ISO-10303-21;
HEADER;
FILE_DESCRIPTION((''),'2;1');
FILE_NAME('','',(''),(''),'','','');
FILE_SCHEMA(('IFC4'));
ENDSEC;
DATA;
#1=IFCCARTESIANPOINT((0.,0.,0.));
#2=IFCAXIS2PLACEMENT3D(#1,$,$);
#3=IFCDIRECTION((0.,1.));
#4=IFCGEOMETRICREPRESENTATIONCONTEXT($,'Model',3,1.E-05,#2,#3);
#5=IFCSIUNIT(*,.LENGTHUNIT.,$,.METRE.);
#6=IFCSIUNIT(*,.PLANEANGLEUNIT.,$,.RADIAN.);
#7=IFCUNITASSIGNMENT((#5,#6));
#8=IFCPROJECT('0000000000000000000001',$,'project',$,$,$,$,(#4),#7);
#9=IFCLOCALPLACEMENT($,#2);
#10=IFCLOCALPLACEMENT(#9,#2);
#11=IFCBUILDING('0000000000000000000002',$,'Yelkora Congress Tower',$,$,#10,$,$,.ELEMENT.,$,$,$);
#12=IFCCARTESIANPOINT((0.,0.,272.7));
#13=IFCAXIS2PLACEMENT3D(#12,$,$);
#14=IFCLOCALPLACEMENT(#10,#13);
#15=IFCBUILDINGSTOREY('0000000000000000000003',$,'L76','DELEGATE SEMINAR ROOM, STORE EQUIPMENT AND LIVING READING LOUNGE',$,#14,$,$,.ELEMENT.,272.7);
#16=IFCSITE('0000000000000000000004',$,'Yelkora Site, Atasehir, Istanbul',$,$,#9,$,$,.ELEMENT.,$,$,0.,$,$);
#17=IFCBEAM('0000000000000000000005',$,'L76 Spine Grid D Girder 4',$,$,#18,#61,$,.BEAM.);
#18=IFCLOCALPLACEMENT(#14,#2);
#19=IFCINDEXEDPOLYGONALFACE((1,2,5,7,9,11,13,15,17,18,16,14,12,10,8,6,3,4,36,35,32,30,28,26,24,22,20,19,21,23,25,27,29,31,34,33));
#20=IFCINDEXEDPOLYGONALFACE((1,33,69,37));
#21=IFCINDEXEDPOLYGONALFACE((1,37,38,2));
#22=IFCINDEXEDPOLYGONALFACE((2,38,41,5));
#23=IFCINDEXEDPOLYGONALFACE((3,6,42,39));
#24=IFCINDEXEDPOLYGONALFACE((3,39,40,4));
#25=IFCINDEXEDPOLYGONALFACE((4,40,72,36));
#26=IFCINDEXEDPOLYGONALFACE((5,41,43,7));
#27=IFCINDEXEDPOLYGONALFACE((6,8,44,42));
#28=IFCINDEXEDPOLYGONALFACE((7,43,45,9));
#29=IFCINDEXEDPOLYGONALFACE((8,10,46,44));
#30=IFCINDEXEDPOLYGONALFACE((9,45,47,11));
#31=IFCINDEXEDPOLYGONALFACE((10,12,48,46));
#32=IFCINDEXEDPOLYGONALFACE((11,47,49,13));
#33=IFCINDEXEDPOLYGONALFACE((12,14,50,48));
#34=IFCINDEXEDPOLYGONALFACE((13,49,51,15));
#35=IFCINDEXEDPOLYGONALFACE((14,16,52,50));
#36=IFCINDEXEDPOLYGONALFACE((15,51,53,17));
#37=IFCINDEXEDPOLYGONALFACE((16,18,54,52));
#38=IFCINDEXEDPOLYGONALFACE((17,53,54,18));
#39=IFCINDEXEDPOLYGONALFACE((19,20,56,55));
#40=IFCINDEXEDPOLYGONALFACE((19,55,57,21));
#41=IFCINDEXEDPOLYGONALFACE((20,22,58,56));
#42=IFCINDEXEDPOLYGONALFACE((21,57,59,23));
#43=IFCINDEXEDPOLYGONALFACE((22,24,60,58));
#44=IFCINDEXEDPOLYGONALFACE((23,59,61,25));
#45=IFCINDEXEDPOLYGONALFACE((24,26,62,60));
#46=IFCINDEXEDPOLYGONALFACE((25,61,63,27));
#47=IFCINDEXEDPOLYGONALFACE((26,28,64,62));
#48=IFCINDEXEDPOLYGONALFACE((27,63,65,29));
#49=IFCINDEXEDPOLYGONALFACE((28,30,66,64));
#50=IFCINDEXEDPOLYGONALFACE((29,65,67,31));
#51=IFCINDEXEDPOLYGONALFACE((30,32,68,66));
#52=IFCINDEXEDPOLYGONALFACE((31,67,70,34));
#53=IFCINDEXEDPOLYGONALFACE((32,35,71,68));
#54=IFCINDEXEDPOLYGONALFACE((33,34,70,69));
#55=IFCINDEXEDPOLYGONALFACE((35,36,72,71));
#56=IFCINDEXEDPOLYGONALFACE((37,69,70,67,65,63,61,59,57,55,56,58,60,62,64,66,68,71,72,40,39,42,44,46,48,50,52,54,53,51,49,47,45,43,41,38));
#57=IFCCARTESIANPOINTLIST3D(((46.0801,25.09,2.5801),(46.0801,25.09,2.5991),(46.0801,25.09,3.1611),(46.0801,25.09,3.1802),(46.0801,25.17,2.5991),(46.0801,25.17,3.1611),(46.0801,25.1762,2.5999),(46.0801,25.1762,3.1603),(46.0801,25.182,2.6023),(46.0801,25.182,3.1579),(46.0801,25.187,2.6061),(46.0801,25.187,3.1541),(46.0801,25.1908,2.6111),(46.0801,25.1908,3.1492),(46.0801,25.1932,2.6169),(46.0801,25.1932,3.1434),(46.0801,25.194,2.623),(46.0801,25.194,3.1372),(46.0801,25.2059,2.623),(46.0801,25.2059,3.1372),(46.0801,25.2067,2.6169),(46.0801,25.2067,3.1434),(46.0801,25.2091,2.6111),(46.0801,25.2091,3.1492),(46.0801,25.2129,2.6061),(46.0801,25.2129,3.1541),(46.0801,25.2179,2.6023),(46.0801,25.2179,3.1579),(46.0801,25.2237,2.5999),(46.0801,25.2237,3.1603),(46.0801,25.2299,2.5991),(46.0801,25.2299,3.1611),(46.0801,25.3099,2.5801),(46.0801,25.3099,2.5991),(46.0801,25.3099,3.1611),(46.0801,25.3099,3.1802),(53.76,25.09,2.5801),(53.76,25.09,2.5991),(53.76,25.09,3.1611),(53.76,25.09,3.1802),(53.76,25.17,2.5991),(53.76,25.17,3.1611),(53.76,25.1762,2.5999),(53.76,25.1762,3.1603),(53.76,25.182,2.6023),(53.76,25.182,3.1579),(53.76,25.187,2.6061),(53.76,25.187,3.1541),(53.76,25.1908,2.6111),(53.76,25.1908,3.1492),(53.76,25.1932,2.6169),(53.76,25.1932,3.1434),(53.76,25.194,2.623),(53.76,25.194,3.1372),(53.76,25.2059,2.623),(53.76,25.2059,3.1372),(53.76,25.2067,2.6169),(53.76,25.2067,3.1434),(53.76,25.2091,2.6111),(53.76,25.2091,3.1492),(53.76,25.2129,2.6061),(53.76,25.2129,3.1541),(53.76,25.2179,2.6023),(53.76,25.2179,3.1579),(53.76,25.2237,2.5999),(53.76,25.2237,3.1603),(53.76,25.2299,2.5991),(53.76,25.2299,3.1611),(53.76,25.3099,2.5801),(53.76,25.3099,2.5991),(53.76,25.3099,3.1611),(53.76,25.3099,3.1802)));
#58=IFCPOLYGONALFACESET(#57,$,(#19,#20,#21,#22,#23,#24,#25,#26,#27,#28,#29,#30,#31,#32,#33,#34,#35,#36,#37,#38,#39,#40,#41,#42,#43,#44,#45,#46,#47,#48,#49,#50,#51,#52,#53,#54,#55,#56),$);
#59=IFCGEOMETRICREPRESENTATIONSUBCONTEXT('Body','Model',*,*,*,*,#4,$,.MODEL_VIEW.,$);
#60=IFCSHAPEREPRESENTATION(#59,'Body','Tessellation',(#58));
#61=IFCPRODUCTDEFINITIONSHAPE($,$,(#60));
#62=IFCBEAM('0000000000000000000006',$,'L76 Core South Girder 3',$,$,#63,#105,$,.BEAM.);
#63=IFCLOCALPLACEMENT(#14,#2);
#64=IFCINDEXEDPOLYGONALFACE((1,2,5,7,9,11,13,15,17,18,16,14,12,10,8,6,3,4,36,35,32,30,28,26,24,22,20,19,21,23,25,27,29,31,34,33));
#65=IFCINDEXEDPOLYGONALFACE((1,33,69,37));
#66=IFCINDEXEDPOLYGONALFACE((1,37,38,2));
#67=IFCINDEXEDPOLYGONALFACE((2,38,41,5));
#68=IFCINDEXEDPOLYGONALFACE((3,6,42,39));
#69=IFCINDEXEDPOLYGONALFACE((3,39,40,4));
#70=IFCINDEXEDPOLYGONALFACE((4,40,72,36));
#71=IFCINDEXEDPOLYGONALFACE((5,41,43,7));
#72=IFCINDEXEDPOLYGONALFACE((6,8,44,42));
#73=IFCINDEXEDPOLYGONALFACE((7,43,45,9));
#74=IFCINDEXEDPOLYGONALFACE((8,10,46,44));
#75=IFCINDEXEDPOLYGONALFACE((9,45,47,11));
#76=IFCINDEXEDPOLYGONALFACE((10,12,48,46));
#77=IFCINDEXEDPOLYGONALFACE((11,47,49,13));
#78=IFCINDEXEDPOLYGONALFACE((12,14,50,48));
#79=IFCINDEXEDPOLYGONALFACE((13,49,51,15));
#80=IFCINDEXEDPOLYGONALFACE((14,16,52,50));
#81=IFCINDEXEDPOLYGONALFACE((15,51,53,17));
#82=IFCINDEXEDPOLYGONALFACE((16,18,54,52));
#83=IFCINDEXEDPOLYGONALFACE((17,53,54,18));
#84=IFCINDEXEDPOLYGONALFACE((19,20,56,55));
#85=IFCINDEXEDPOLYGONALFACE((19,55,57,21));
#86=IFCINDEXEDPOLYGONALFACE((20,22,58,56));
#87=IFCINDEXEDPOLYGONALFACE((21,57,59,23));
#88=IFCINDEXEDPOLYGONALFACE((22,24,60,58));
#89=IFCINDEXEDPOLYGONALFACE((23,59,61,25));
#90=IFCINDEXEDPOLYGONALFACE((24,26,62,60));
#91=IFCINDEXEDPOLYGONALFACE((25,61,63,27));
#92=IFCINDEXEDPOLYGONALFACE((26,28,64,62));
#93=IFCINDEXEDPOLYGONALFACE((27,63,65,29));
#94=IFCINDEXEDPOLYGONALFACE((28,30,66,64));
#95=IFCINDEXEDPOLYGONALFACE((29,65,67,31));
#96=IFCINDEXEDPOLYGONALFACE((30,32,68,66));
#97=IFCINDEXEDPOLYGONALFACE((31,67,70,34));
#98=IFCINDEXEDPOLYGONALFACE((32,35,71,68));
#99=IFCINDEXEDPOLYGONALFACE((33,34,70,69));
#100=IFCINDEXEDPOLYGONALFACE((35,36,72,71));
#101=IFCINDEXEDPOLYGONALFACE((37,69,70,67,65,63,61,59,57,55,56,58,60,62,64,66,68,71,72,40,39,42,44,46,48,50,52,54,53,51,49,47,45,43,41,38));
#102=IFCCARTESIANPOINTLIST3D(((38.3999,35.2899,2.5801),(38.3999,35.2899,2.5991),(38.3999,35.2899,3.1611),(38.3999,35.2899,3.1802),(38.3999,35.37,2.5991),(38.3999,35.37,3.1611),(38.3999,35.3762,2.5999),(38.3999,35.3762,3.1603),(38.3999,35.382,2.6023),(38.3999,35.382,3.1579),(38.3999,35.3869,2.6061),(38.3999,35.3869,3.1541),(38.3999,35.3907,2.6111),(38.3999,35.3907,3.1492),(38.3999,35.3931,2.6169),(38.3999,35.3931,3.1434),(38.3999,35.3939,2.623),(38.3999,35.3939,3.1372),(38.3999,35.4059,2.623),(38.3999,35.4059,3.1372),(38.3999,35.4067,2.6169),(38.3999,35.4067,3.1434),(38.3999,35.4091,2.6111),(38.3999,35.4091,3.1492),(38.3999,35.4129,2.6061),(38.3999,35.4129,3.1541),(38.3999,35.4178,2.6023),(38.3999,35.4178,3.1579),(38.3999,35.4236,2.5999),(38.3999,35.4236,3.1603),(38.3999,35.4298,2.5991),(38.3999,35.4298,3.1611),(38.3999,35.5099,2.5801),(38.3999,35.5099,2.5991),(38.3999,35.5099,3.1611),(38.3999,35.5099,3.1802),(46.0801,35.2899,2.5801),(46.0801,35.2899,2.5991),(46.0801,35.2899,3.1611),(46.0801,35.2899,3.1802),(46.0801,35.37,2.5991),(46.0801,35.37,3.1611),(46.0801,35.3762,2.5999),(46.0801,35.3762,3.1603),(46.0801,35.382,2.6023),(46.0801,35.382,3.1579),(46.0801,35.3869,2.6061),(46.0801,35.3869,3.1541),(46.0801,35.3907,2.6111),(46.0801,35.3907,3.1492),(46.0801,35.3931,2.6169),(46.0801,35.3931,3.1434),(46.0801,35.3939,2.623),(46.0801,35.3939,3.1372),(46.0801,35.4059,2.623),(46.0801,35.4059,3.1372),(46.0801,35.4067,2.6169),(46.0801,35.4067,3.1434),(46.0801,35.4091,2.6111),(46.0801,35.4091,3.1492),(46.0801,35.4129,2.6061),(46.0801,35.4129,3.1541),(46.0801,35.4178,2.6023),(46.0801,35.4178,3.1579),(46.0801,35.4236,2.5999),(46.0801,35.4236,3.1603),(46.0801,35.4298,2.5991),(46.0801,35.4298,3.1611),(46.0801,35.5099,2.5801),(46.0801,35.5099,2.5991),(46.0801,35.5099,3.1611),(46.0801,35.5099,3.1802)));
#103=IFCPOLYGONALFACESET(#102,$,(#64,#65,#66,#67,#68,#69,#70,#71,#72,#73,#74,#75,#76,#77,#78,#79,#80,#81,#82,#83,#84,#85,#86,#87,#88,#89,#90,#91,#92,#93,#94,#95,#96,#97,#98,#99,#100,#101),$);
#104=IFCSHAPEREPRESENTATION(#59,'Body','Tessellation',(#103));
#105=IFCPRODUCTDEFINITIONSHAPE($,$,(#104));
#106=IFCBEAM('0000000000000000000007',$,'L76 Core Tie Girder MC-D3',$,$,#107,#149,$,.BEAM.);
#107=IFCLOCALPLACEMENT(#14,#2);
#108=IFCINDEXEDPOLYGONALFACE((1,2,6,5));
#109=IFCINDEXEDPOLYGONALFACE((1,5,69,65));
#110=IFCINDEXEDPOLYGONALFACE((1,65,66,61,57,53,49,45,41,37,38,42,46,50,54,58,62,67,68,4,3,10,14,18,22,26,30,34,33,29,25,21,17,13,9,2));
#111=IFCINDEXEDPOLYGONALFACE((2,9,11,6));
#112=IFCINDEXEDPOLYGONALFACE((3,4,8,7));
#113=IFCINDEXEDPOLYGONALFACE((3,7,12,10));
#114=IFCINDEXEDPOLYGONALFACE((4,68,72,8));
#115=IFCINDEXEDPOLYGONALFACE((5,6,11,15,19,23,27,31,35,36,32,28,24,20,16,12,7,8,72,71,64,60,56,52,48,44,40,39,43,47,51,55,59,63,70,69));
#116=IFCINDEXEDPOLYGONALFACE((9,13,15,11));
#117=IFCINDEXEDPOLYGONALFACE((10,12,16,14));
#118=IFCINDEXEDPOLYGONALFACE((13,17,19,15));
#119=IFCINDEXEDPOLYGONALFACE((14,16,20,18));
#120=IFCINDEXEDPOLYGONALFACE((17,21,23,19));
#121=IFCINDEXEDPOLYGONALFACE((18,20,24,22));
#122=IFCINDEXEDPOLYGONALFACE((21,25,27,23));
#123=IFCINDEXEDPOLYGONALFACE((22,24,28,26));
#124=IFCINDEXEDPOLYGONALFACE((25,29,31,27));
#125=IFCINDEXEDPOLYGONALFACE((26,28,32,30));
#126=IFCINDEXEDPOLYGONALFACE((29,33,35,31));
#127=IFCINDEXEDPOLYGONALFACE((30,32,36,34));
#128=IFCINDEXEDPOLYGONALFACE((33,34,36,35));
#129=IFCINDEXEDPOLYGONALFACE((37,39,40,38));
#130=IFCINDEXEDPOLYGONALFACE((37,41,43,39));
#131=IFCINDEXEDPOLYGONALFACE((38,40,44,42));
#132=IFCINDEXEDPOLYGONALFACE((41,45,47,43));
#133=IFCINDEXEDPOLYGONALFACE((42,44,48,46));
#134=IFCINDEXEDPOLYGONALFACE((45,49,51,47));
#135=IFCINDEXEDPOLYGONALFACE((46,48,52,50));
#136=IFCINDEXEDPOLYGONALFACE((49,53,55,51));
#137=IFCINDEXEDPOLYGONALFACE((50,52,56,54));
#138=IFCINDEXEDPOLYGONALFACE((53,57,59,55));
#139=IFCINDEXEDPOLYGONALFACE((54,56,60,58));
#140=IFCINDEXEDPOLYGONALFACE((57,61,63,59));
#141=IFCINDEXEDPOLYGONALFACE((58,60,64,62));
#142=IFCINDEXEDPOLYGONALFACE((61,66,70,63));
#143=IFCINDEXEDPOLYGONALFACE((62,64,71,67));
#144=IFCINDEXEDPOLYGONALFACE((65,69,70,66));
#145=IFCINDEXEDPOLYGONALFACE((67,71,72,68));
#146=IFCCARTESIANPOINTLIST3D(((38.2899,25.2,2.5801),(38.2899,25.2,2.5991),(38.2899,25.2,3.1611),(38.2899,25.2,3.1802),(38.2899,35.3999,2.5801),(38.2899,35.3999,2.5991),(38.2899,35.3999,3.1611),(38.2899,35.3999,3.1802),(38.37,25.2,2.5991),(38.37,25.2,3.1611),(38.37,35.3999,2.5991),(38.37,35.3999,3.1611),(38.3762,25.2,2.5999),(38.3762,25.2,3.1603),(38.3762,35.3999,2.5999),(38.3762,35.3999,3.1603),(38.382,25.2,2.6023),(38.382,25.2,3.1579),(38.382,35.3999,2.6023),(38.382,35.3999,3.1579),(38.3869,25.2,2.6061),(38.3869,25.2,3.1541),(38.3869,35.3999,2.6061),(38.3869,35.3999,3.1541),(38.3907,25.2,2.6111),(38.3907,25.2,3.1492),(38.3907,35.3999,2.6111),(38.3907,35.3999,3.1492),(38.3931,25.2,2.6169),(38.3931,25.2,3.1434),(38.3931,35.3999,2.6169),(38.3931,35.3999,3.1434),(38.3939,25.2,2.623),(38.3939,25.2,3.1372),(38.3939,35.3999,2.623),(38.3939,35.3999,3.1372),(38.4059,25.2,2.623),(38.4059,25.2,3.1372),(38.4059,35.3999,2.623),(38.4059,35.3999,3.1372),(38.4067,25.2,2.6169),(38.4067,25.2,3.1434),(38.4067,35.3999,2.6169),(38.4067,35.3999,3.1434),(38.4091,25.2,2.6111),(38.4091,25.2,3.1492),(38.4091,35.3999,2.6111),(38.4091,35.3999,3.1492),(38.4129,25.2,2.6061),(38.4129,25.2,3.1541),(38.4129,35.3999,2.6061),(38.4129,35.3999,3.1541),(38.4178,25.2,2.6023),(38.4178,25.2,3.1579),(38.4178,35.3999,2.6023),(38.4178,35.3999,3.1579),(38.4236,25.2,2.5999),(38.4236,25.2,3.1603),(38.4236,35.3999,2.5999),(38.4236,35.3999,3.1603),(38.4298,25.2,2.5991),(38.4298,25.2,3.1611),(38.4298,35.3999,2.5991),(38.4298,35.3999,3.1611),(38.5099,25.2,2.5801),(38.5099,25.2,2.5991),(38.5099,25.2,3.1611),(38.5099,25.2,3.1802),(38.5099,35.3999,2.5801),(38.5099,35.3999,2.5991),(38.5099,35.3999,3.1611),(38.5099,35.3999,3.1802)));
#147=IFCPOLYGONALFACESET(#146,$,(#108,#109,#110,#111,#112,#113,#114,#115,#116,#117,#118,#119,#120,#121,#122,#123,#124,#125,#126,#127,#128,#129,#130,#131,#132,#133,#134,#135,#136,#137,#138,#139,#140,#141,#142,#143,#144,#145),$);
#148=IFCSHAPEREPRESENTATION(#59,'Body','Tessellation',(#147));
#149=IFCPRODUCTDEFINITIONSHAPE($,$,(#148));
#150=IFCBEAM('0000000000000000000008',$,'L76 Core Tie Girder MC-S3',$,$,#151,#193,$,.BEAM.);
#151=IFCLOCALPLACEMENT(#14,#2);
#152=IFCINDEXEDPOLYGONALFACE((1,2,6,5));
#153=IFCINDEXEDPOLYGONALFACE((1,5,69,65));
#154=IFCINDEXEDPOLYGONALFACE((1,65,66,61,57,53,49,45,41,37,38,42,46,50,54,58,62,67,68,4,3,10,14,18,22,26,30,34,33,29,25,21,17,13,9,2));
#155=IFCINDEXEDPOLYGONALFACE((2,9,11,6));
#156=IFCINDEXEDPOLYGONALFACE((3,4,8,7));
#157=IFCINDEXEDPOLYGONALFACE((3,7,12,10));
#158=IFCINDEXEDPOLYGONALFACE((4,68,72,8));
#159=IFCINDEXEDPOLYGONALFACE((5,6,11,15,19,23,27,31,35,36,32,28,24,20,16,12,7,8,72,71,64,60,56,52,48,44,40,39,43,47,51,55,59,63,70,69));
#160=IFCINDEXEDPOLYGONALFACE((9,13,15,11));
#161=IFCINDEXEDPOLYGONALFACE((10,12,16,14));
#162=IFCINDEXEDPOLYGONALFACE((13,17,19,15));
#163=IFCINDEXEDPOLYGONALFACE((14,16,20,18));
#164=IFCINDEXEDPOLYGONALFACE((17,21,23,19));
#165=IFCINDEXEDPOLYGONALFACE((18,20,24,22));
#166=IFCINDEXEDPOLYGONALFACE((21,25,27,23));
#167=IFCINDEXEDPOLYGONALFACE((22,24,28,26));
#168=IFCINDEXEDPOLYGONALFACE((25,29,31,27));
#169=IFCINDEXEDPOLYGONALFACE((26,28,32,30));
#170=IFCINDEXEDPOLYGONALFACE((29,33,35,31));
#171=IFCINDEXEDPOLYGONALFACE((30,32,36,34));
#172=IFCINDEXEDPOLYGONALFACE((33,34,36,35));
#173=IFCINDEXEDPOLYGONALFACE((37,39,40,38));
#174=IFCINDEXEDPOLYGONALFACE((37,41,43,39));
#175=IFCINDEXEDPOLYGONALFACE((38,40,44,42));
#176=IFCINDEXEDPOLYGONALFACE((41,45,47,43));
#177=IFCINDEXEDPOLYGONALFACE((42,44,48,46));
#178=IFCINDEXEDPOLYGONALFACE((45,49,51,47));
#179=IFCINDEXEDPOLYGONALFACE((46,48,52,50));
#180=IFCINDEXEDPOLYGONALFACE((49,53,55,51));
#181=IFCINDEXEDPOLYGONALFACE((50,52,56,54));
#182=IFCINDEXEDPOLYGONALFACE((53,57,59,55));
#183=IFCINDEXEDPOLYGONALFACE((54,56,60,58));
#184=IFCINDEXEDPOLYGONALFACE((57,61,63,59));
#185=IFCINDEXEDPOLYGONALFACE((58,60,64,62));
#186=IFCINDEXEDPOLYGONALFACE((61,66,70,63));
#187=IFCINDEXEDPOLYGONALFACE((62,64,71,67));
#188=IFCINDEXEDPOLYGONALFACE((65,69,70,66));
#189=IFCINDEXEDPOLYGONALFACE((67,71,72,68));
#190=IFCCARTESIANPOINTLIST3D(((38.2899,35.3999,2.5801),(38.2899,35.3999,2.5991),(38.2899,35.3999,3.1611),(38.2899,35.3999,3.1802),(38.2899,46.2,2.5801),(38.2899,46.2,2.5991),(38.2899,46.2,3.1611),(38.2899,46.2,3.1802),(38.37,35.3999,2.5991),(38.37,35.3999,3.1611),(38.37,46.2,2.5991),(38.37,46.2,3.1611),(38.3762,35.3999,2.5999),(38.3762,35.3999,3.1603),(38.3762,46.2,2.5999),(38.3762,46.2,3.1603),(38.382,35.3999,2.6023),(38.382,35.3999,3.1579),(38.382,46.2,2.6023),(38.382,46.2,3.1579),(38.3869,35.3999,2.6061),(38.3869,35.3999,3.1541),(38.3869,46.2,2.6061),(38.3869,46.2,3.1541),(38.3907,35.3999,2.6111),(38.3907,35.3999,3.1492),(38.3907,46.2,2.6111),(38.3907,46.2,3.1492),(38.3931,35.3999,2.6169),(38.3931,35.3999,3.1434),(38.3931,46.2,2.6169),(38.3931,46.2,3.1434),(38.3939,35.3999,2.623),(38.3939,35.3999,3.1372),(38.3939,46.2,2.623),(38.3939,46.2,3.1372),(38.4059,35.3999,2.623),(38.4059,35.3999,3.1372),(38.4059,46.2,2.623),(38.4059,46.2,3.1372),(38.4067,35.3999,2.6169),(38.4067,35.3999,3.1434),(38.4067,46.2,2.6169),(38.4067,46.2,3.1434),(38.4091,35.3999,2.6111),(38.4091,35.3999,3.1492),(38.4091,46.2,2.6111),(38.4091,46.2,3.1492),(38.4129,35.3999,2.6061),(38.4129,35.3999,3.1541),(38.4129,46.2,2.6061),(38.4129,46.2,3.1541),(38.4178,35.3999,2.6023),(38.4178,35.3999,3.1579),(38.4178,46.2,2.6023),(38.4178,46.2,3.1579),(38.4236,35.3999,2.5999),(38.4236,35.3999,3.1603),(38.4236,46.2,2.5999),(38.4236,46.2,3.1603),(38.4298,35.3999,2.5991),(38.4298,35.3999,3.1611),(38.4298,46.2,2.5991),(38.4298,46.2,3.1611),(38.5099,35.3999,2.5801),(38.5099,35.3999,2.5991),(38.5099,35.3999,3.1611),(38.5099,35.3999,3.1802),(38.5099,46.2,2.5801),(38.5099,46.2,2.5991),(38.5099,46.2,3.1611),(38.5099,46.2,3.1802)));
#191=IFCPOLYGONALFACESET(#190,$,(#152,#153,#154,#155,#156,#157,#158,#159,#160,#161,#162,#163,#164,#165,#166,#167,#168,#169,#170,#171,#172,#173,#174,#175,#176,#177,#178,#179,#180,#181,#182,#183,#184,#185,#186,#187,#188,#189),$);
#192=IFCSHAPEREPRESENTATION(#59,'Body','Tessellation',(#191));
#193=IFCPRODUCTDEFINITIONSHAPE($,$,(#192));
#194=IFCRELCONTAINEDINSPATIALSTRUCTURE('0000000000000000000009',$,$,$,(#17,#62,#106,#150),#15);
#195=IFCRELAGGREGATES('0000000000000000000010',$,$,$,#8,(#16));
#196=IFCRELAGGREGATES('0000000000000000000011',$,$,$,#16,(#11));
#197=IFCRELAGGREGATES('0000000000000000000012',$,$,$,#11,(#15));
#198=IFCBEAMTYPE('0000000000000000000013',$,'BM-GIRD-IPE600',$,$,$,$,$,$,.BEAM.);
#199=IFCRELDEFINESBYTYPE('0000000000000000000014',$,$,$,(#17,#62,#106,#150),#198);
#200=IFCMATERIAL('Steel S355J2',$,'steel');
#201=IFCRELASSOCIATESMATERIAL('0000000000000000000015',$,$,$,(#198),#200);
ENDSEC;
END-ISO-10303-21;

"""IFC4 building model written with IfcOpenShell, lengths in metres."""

from ifc_helpers import new_model, si_unit, direction, frame, origin, origin_2d, place, context, subcontext, project, spatial, i_section, extrude, material, material_profile, profile_set, type_object, element, save


model = new_model("IFC4")

# Units and contexts
model_context = context("Model", 3, precision=1e-05, world=origin(), true_north=direction((0.0, 1.0)))
body_context = subcontext(model_context, "Body", "Model", "MODEL_VIEW")
ifc_project = project(units=[si_unit("LENGTHUNIT", "METRE"), si_unit("PLANEANGLEUNIT", "RADIAN")], contexts=[model_context])

# Site, building, storey
site_placement = place(None, origin())
site = spatial("IfcSite", under=ifc_project, at=site_placement, Name="Yelkora Site, Atasehir, Istanbul", CompositionType="ELEMENT", RefElevation=0.0)
building_placement = place(site_placement, origin())
building = spatial("IfcBuilding", under=site, at=building_placement, Name="Yelkora Congress Tower", CompositionType="ELEMENT")
storey_placement = place(building_placement, frame((0.0, 0.0, 272.7)))
storey = spatial("IfcBuildingStorey", under=building, at=storey_placement, Name="L76", Description="DELEGATE SEMINAR ROOM, STORE EQUIPMENT AND LIVING READING LOUNGE", CompositionType="ELEMENT", Elevation=272.7)

# Beams
ifc_material_1 = material(Name="Steel S355J2", Category="steel")
ifc_material_profile_1 = material_profile(ifc_material_1, i_section(OverallWidth=0.22, OverallDepth=0.6001, WebThickness=0.012, FlangeThickness=0.019, FilletRadius=0.0239, at=origin_2d()), Name="IPE 600")
ifc_profile_set_1 = profile_set([ifc_material_profile_1], Name="Steel S355J2")
beam_type_1 = type_object("IfcBeamType", Name="BM-GIRD-IPE600", PredefinedType="BEAM", material=ifc_profile_set_1)
beam_1_placement = place(storey_placement, frame((46.0801, 25.2, 2.8801), z_axis=(1.0, 0.0, 0.0), x_axis=(0.0, 1.0, 0.0)))
element("IfcBeam", 1, at=beam_1_placement, inside=storey, type_object=beam_type_1, Name="L76 Spine Grid D Girder 4", PredefinedType="BEAM", context=body_context, shape_type="SweptSolid", body=[
    extrude(i_section(OverallWidth=0.22, OverallDepth=0.6001, WebThickness=0.012, FlangeThickness=0.019, FilletRadius=0.0239, at=origin_2d()), origin(), (0.0, 0.0, 1.0), 7.6799),
])
beam_2_placement = place(storey_placement, frame((38.3999, 35.3999, 2.8801), z_axis=(1.0, 0.0, 0.0), x_axis=(0.0, 1.0, 0.0)))
element("IfcBeam", 2, at=beam_2_placement, inside=storey, type_object=beam_type_1, Name="L76 Core South Girder 3", PredefinedType="BEAM", context=body_context, shape_type="SweptSolid", body=[
    extrude(i_section(OverallWidth=0.22, OverallDepth=0.6001, WebThickness=0.012, FlangeThickness=0.019, FilletRadius=0.0239, at=origin_2d()), origin(), (0.0, 0.0, 1.0), 7.6802),
])
beam_3_placement = place(storey_placement, frame((38.3999, 25.2, 2.8801), z_axis=(0.0, 1.0, 0.0), x_axis=(-1.0, 0.0, 0.0)))
element("IfcBeam", 3, at=beam_3_placement, inside=storey, type_object=beam_type_1, Name="L76 Core Tie Girder MC-D3", PredefinedType="BEAM", context=body_context, shape_type="SweptSolid", body=[
    extrude(i_section(OverallWidth=0.22, OverallDepth=0.6001, WebThickness=0.012, FlangeThickness=0.019, FilletRadius=0.0239, at=origin_2d()), origin(), (0.0, 0.0, 1.0), 10.2),
])
beam_4_placement = place(storey_placement, frame((38.3999, 35.3999, 2.8801), z_axis=(0.0, 1.0, 0.0), x_axis=(-1.0, 0.0, 0.0)))
element("IfcBeam", 4, at=beam_4_placement, inside=storey, type_object=beam_type_1, Name="L76 Core Tie Girder MC-S3", PredefinedType="BEAM", context=body_context, shape_type="SweptSolid", body=[
    extrude(i_section(OverallWidth=0.22, OverallDepth=0.6001, WebThickness=0.012, FlangeThickness=0.019, FilletRadius=0.0239, at=origin_2d()), origin(), (0.0, 0.0, 1.0), 10.8),
])

save(model, "model.ifc")
